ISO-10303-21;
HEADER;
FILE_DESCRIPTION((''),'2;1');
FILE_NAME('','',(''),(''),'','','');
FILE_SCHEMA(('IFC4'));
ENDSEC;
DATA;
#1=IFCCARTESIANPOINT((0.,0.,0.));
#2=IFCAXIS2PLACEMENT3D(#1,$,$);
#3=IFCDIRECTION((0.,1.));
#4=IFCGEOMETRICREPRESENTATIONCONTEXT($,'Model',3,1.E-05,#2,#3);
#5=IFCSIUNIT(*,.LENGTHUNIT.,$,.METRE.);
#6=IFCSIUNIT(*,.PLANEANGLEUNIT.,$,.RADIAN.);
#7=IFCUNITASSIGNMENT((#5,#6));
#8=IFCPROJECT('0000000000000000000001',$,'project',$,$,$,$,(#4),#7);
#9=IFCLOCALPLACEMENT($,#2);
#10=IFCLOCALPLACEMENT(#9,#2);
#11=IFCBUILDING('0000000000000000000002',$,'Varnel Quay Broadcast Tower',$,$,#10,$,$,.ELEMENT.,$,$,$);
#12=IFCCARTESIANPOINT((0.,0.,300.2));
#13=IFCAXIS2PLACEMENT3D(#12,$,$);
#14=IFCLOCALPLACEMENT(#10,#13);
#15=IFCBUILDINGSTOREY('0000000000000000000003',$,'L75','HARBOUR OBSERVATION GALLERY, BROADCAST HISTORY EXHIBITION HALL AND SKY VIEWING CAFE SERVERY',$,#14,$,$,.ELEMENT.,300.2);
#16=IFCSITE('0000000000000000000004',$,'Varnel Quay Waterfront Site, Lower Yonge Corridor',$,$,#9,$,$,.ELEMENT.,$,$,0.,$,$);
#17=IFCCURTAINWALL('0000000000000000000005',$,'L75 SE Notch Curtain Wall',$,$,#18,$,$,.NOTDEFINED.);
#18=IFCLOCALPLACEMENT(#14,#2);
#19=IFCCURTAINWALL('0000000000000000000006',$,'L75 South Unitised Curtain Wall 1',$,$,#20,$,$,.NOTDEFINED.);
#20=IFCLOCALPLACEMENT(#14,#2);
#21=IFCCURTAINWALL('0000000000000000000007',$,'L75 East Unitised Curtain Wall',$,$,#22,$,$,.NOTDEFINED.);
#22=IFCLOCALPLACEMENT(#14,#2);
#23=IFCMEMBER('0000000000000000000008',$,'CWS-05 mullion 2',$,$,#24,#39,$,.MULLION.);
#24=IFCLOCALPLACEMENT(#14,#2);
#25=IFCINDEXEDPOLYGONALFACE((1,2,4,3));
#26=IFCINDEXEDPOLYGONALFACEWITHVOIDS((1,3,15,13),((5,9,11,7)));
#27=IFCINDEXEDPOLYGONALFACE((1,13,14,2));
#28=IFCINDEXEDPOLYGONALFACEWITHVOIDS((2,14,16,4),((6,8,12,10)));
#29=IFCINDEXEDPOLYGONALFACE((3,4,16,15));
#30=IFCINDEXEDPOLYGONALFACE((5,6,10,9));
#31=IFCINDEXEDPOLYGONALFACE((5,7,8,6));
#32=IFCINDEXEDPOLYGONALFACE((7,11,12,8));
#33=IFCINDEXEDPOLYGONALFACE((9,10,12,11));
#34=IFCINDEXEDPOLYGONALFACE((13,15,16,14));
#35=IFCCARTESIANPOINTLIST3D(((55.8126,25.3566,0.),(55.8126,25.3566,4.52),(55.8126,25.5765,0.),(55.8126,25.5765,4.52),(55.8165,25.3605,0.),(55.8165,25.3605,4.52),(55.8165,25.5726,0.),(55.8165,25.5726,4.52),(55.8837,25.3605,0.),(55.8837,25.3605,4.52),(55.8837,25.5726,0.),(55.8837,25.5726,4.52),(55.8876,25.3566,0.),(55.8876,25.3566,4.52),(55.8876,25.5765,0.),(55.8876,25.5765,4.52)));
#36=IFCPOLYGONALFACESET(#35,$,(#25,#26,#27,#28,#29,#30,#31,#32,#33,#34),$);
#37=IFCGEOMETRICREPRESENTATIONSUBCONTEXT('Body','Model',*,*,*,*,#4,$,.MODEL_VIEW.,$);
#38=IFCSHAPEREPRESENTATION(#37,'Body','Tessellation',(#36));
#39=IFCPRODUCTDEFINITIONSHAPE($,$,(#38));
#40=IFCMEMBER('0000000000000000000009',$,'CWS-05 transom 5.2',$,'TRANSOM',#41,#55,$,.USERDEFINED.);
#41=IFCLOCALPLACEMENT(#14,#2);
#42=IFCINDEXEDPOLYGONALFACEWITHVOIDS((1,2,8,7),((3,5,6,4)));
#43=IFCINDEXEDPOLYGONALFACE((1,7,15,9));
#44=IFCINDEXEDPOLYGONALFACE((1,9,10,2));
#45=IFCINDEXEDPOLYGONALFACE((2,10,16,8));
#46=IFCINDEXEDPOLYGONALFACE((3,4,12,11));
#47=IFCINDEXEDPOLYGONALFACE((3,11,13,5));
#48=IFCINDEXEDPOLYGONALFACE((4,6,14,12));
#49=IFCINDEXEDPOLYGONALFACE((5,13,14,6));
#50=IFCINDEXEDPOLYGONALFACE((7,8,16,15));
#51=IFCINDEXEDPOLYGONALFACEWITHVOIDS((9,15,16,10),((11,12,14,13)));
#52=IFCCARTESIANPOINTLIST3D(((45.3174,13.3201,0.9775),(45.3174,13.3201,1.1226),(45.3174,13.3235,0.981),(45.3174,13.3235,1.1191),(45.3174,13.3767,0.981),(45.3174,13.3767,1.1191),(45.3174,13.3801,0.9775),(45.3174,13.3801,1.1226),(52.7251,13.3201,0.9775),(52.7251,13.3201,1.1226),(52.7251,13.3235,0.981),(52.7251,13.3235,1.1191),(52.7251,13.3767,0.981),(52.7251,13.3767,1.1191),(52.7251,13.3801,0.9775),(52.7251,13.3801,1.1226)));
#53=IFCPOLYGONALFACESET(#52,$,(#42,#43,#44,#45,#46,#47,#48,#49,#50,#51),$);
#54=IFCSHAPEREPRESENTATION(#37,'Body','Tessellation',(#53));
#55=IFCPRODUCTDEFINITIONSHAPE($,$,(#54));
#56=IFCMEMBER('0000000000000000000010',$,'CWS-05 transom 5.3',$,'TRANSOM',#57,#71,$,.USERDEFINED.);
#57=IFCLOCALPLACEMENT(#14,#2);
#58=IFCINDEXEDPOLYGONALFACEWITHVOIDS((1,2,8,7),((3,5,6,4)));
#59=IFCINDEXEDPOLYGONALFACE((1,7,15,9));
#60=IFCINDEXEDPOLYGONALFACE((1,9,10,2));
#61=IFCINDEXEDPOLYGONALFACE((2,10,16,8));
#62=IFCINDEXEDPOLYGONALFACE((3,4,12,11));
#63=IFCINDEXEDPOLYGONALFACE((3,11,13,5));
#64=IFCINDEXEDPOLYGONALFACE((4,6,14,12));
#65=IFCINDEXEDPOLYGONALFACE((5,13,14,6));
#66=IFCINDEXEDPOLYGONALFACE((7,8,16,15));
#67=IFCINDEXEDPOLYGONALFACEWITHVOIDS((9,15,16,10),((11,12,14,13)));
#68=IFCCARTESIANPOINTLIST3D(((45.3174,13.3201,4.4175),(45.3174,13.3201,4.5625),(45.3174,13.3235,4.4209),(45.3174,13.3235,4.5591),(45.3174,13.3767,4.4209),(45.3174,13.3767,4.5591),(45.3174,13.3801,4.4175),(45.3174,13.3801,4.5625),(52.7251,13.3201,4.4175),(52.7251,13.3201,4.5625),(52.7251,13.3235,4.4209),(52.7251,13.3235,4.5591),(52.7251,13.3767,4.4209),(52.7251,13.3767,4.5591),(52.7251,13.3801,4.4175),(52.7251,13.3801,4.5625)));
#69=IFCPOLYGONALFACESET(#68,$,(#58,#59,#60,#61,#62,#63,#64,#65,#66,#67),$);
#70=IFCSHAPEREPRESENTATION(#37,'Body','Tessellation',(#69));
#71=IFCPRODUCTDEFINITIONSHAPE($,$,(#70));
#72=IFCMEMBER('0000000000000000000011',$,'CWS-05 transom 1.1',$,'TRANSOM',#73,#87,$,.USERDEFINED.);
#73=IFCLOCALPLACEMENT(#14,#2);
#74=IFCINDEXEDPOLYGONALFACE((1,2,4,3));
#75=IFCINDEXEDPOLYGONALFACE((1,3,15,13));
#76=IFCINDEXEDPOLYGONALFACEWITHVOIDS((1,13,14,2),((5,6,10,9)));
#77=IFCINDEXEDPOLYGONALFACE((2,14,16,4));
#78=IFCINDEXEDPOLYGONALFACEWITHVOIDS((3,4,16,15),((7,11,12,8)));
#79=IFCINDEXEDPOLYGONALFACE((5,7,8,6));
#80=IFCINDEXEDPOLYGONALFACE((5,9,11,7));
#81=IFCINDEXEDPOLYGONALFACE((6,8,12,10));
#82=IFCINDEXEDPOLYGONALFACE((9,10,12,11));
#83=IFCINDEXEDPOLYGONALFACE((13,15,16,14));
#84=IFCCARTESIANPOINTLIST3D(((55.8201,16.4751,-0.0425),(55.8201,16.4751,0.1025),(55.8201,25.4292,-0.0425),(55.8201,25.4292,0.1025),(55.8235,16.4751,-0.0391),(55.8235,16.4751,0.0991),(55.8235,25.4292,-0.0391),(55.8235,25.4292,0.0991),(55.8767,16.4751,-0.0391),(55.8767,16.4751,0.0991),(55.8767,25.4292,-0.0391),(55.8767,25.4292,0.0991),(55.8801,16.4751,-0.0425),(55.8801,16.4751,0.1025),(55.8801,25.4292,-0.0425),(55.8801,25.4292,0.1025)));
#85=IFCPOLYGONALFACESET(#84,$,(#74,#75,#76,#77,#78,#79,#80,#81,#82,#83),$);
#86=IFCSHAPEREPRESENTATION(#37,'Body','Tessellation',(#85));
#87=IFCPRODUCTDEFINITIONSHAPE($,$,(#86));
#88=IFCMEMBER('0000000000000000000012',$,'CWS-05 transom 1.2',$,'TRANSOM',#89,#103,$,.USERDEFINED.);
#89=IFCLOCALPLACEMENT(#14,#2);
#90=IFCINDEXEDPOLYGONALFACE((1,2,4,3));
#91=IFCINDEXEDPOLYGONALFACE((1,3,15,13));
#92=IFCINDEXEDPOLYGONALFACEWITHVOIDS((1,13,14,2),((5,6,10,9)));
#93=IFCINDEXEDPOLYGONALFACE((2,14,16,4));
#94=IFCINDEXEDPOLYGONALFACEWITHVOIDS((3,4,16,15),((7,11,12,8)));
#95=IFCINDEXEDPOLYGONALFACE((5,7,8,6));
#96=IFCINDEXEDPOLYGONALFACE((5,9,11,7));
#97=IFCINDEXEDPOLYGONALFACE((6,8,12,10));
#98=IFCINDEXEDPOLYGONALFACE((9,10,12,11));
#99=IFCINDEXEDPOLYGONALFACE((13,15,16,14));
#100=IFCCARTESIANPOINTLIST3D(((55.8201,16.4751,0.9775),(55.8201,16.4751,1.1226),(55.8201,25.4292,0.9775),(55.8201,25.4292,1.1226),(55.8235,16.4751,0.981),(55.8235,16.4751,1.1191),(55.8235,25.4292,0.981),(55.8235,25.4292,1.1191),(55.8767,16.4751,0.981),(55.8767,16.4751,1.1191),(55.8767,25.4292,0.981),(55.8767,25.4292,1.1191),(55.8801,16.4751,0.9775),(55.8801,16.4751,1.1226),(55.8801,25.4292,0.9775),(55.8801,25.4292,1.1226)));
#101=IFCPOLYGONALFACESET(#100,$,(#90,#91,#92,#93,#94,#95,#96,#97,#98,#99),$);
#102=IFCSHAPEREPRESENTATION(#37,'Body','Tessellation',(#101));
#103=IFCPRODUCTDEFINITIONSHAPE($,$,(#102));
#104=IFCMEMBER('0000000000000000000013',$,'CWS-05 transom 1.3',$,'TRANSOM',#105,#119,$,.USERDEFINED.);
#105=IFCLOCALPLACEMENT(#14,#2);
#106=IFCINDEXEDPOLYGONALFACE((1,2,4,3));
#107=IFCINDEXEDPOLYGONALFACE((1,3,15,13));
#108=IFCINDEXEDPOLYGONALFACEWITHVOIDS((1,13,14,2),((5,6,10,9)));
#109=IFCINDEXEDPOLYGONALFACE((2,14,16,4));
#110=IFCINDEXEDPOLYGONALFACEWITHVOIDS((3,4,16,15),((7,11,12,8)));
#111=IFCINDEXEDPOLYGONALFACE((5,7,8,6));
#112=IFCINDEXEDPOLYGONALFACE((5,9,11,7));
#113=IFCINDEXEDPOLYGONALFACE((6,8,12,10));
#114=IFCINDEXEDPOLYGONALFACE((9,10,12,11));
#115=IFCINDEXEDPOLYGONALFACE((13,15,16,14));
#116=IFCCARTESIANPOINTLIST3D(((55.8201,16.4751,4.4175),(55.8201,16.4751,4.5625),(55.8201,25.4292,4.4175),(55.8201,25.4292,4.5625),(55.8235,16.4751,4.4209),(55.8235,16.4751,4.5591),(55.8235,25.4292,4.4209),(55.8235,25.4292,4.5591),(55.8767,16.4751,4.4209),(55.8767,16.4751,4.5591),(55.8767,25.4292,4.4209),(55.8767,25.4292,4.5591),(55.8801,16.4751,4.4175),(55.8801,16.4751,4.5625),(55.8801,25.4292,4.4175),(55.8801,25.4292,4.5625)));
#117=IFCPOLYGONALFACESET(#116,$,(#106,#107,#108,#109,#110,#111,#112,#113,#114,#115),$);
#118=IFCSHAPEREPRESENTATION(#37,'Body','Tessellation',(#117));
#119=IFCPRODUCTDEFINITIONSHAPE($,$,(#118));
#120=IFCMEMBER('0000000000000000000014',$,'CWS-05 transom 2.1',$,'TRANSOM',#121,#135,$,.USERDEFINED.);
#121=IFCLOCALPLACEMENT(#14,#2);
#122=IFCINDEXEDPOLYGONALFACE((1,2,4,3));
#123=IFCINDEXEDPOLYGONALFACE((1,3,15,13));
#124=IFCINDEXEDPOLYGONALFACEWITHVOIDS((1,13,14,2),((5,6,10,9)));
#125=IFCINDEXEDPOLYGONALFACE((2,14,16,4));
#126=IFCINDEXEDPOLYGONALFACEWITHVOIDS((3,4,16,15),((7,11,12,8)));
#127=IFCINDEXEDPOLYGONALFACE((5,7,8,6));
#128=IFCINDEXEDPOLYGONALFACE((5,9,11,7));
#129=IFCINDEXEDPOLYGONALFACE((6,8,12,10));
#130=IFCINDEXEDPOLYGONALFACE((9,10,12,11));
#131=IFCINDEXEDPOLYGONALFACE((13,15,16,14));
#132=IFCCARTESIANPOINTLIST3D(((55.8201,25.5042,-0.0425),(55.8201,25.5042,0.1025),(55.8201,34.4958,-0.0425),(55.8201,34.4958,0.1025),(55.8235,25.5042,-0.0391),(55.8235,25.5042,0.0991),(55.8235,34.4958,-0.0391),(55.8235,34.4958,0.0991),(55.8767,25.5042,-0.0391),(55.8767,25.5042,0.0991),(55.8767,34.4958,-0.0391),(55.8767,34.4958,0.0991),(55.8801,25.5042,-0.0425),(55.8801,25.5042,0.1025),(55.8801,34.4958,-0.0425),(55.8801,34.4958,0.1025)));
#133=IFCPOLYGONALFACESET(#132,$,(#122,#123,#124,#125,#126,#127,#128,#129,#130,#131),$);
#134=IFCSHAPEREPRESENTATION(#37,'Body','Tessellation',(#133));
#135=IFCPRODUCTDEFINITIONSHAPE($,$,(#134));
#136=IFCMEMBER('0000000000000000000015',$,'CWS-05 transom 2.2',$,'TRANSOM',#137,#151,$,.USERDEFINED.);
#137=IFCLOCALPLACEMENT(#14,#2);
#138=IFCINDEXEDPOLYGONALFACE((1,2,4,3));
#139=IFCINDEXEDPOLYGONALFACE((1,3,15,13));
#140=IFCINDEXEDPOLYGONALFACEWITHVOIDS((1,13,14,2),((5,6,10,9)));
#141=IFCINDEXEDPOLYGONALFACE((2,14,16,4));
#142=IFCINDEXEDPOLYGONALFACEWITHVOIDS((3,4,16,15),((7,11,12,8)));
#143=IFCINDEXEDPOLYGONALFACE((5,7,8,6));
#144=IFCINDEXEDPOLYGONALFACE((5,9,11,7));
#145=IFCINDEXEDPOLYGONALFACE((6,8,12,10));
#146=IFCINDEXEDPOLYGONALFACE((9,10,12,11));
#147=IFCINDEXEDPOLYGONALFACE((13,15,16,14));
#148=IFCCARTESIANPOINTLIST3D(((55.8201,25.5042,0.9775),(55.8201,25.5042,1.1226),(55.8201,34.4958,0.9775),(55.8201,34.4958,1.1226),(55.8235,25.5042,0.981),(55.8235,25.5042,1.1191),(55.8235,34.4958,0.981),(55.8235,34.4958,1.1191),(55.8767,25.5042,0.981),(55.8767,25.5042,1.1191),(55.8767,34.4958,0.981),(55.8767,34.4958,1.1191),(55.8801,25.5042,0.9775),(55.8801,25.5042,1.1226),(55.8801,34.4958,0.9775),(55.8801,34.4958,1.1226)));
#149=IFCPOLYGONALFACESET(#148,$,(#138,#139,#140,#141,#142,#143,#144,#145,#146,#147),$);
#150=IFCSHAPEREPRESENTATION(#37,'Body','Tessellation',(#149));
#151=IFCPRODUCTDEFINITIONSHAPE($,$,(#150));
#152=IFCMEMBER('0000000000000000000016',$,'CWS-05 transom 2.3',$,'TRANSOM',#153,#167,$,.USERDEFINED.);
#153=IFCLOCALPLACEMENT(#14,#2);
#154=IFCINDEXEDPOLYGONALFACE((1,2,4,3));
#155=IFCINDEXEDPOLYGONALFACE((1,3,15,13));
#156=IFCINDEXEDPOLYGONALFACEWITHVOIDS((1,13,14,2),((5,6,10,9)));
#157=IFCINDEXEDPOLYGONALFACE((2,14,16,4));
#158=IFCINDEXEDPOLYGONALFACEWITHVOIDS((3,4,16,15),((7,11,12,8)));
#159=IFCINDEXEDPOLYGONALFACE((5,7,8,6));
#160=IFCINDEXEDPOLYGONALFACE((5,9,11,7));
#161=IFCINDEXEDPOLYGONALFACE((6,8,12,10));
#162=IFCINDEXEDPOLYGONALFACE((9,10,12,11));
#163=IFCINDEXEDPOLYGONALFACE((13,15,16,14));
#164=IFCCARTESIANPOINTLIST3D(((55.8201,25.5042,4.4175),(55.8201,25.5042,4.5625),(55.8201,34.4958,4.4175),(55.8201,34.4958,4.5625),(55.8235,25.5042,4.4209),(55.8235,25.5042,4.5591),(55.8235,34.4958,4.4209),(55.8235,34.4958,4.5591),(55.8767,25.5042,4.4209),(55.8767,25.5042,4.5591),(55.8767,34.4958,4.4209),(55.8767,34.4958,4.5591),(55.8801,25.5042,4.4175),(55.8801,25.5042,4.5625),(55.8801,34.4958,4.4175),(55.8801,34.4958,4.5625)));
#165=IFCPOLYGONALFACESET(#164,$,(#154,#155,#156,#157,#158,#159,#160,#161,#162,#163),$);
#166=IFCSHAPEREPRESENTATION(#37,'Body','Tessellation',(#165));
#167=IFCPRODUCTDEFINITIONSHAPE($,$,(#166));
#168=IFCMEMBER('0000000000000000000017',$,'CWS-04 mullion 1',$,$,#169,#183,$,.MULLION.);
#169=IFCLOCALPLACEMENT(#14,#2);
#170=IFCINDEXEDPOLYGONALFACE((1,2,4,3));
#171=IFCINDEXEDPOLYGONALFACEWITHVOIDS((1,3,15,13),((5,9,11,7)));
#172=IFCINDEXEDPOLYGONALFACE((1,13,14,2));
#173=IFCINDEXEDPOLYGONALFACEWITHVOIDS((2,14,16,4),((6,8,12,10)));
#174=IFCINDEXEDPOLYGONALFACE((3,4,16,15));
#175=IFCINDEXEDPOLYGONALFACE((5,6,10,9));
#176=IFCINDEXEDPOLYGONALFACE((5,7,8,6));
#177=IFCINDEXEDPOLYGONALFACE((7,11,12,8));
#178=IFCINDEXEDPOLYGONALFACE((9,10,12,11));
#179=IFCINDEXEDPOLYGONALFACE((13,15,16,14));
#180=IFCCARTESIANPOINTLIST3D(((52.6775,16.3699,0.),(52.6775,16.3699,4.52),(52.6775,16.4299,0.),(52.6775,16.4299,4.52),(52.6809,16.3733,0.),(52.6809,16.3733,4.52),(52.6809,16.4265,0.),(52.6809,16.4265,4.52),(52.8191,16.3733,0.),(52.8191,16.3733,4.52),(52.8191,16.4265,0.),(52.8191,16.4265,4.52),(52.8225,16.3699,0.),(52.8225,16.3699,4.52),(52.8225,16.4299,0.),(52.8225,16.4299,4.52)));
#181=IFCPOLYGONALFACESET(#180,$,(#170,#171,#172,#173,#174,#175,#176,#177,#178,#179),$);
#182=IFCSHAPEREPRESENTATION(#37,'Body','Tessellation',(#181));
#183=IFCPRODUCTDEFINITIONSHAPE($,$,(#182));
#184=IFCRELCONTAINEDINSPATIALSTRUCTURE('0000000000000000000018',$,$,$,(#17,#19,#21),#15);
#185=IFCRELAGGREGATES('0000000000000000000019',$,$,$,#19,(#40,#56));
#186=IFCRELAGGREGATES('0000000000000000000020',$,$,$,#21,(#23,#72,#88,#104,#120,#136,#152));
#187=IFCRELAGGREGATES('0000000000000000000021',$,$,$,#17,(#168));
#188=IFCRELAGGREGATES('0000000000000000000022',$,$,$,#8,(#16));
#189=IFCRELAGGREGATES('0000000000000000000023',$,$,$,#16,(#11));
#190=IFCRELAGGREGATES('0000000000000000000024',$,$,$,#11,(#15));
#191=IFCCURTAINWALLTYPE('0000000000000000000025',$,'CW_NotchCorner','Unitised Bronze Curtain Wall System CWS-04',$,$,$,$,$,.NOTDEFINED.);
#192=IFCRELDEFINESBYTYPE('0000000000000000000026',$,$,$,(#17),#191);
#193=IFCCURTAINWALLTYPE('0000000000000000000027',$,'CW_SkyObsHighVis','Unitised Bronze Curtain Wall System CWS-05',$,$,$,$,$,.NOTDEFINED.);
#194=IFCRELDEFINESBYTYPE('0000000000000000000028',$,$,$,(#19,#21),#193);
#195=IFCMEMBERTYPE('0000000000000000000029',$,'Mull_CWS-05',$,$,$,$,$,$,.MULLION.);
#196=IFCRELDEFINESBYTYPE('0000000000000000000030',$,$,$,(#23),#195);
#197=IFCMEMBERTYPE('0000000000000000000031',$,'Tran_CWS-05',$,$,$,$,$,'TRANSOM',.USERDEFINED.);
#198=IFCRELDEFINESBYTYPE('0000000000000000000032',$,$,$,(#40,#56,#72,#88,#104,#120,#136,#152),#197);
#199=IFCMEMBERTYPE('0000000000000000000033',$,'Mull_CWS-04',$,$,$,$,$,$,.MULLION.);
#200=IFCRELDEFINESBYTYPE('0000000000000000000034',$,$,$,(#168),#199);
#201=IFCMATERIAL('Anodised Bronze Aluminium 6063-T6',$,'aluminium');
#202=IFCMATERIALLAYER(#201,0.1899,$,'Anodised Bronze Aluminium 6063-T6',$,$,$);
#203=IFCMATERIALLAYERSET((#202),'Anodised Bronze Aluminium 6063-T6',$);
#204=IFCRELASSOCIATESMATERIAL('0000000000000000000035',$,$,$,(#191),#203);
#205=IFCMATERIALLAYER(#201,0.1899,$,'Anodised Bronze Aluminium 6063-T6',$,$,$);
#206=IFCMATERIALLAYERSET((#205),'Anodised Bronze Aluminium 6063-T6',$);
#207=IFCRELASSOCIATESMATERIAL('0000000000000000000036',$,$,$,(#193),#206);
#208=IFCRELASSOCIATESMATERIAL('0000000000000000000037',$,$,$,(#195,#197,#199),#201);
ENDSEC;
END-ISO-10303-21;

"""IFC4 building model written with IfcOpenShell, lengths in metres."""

from ifc_helpers import new_model, si_unit, direction, frame, origin, origin_2d, place, context, subcontext, project, spatial, hollow_rectangle, extrude, source, transform, mapped, material, layer, layer_set, material_profile, profile_set, type_object, type_shapes, element, aggregate, save


model = new_model("IFC4")

# Units and contexts
model_context = context("Model", 3, precision=1e-05, world=origin(), true_north=direction((0.0, 1.0)))
body_context = subcontext(model_context, "Body", "Model", "MODEL_VIEW")
ifc_project = project(units=[si_unit("LENGTHUNIT", "METRE"), si_unit("PLANEANGLEUNIT", "RADIAN")], contexts=[model_context])

# Site, building, storey
site_placement = place(None, origin())
site = spatial("IfcSite", under=ifc_project, at=site_placement, Name="Varnel Quay Waterfront Site, Lower Yonge Corridor", CompositionType="ELEMENT", RefElevation=0.0)
building_placement = place(site_placement, origin())
building = spatial("IfcBuilding", under=site, at=building_placement, Name="Varnel Quay Broadcast Tower", CompositionType="ELEMENT")
storey_placement = place(building_placement, frame((0.0, 0.0, 300.2)))
storey = spatial("IfcBuildingStorey", under=building, at=storey_placement, Name="L75", Description="HARBOUR OBSERVATION GALLERY, BROADCAST HISTORY EXHIBITION HALL AND SKY VIEWING CAFE SERVERY", CompositionType="ELEMENT", Elevation=300.2)

# Curtain wall
ifc_material_1 = material(Name="Anodised Bronze Aluminium 6063-T6", Category="aluminium")
ifc_layer_1 = layer(ifc_material_1, 0.1899, Name="Anodised Bronze Aluminium 6063-T6")
ifc_layer_set_1 = layer_set([ifc_layer_1], Name="Anodised Bronze Aluminium 6063-T6")
curtain_wall_type_1 = type_object("IfcCurtainWallType", Name="CW_NotchCorner", Description="Unitised Bronze Curtain Wall System CWS-04", PredefinedType="NOTDEFINED", material=ifc_layer_set_1)
curtain_wall_1_placement = place(storey_placement, origin())
curtain_wall_1 = element("IfcCurtainWall", 1, at=curtain_wall_1_placement, inside=storey, type_object=curtain_wall_type_1, Name="L75 SE Notch Curtain Wall", PredefinedType="NOTDEFINED")

# Curtain wall
ifc_layer_2 = layer(ifc_material_1, 0.1899, Name="Anodised Bronze Aluminium 6063-T6")
ifc_layer_set_2 = layer_set([ifc_layer_2], Name="Anodised Bronze Aluminium 6063-T6")
curtain_wall_type_2 = type_object("IfcCurtainWallType", Name="CW_SkyObsHighVis", Description="Unitised Bronze Curtain Wall System CWS-05", PredefinedType="NOTDEFINED", material=ifc_layer_set_2)
curtain_wall_2_placement = place(storey_placement, origin())
curtain_wall_2 = element("IfcCurtainWall", 2, at=curtain_wall_2_placement, inside=storey, type_object=curtain_wall_type_2, Name="L75 South Unitised Curtain Wall 1", PredefinedType="NOTDEFINED")
ifc_material_profile_1 = material_profile(ifc_material_1, hollow_rectangle(XDim=0.075, YDim=0.22, WallThickness=0.0039, at=origin_2d()), Name="ALU75X220X4")
ifc_profile_set_1 = profile_set([ifc_material_profile_1], Name="Anodised Bronze Aluminium 6063-T6")
member_type_1 = type_object("IfcMemberType", Name="Mull_CWS-05", PredefinedType="MULLION", material=ifc_profile_set_1)
shared_shape_1 = source(origin(), body_context, "Body", "SweptSolid", [
    extrude(hollow_rectangle(XDim=0.075, YDim=0.22, WallThickness=0.0039, at=origin_2d()), origin(), (0.0, 0.0, 1.0), 4.52),
])
type_shapes(member_type_1, [shared_shape_1])

# Curtain wall, member
curtain_wall_3_placement = place(storey_placement, origin())
curtain_wall_3 = element("IfcCurtainWall", 3, at=curtain_wall_3_placement, inside=storey, type_object=curtain_wall_type_2, Name="L75 East Unitised Curtain Wall", PredefinedType="NOTDEFINED")
member_1_placement = place(storey_placement, frame((55.8501, 25.4666, 0.0), z_axis=(0.0, 0.0, 1.0), x_axis=(-1.0, 0.0, 0.0)))
member_1 = element("IfcMember", 4, at=member_1_placement, type_object=member_type_1, Name="CWS-05 mullion 2", PredefinedType="MULLION", context=body_context, shape_type="MappedRepresentation", body=[
    mapped(shared_shape_1, transform((0.0, 0.0, 0.0), x_axis=(1.0, 0.0, 0.0), y_axis=(0.0, 1.0, 0.0), z_axis=(0.0, 0.0, 1.0), scale=1.0)),
])

# Members
ifc_material_profile_2 = material_profile(ifc_material_1, hollow_rectangle(XDim=0.0601, YDim=0.145, WallThickness=0.0034, at=origin_2d()), Name="ALU60X145X3.5")
ifc_profile_set_2 = profile_set([ifc_material_profile_2], Name="Anodised Bronze Aluminium 6063-T6")
member_type_2 = type_object("IfcMemberType", Name="Tran_CWS-05", ElementType="TRANSOM", PredefinedType="USERDEFINED", material=ifc_profile_set_2)
shared_shape_2 = source(origin(), body_context, "Body", "SweptSolid", [
    extrude(hollow_rectangle(XDim=0.0601, YDim=0.145, WallThickness=0.0034, at=origin_2d()), origin(), (0.0, 0.0, 1.0), 7.4077),
])
member_2_placement = place(storey_placement, frame((45.3174, 13.3501, 1.05), z_axis=(1.0, 0.0, 0.0), x_axis=(0.0, 1.0, 0.0)))
member_2 = element("IfcMember", 5, at=member_2_placement, type_object=member_type_2, Name="CWS-05 transom 5.2", ObjectType="TRANSOM", PredefinedType="USERDEFINED", context=body_context, shape_type="MappedRepresentation", body=[
    mapped(shared_shape_2, transform((0.0, 0.0, 0.0), x_axis=(1.0, 0.0, 0.0), y_axis=(0.0, 1.0, 0.0), z_axis=(0.0, 0.0, 1.0), scale=1.0)),
])
member_3_placement = place(storey_placement, frame((45.3174, 13.3501, 4.49), z_axis=(1.0, 0.0, 0.0), x_axis=(0.0, 1.0, 0.0)))
member_3 = element("IfcMember", 6, at=member_3_placement, type_object=member_type_2, Name="CWS-05 transom 5.3", ObjectType="TRANSOM", PredefinedType="USERDEFINED", context=body_context, shape_type="MappedRepresentation", body=[
    mapped(shared_shape_2, transform((0.0, 0.0, 0.0), x_axis=(1.0, 0.0, 0.0), y_axis=(0.0, 1.0, 0.0), z_axis=(0.0, 0.0, 1.0), scale=1.0)),
])
shared_shape_3 = source(origin(), body_context, "Body", "SweptSolid", [
    extrude(hollow_rectangle(XDim=0.0601, YDim=0.145, WallThickness=0.0034, at=origin_2d()), origin(), (0.0, 0.0, 1.0), 8.9541),
])
member_4_placement = place(storey_placement, frame((55.8501, 16.4751, 0.03), z_axis=(0.0, 1.0, 0.0), x_axis=(-1.0, 0.0, 0.0)))
member_4 = element("IfcMember", 7, at=member_4_placement, type_object=member_type_2, Name="CWS-05 transom 1.1", ObjectType="TRANSOM", PredefinedType="USERDEFINED", context=body_context, shape_type="MappedRepresentation", body=[
    mapped(shared_shape_3, transform((0.0, 0.0, 0.0), x_axis=(1.0, 0.0, 0.0), y_axis=(0.0, 1.0, 0.0), z_axis=(0.0, 0.0, 1.0), scale=1.0)),
])
member_5_placement = place(storey_placement, frame((55.8501, 16.4751, 1.05), z_axis=(0.0, 1.0, 0.0), x_axis=(-1.0, 0.0, 0.0)))
member_5 = element("IfcMember", 8, at=member_5_placement, type_object=member_type_2, Name="CWS-05 transom 1.2", ObjectType="TRANSOM", PredefinedType="USERDEFINED", context=body_context, shape_type="MappedRepresentation", body=[
    mapped(shared_shape_3, transform((0.0, 0.0, 0.0), x_axis=(1.0, 0.0, 0.0), y_axis=(0.0, 1.0, 0.0), z_axis=(0.0, 0.0, 1.0), scale=1.0)),
])
member_6_placement = place(storey_placement, frame((55.8501, 16.4751, 4.49), z_axis=(0.0, 1.0, 0.0), x_axis=(-1.0, 0.0, 0.0)))
member_6 = element("IfcMember", 9, at=member_6_placement, type_object=member_type_2, Name="CWS-05 transom 1.3", ObjectType="TRANSOM", PredefinedType="USERDEFINED", context=body_context, shape_type="MappedRepresentation", body=[
    mapped(shared_shape_3, transform((0.0, 0.0, 0.0), x_axis=(1.0, 0.0, 0.0), y_axis=(0.0, 1.0, 0.0), z_axis=(0.0, 0.0, 1.0), scale=1.0)),
])
shared_shape_4 = source(origin(), body_context, "Body", "SweptSolid", [
    extrude(hollow_rectangle(XDim=0.0601, YDim=0.145, WallThickness=0.0034, at=origin_2d()), origin(), (0.0, 0.0, 1.0), 8.9917),
])
type_shapes(member_type_2, [shared_shape_2, shared_shape_3, shared_shape_4])
member_7_placement = place(storey_placement, frame((55.8501, 25.5042, 0.03), z_axis=(0.0, 1.0, 0.0), x_axis=(-1.0, 0.0, 0.0)))
member_7 = element("IfcMember", 10, at=member_7_placement, type_object=member_type_2, Name="CWS-05 transom 2.1", ObjectType="TRANSOM", PredefinedType="USERDEFINED", context=body_context, shape_type="MappedRepresentation", body=[
    mapped(shared_shape_4, transform((0.0, 0.0, 0.0), x_axis=(1.0, 0.0, 0.0), y_axis=(0.0, 1.0, 0.0), z_axis=(0.0, 0.0, 1.0), scale=1.0)),
])
member_8_placement = place(storey_placement, frame((55.8501, 25.5042, 1.05), z_axis=(0.0, 1.0, 0.0), x_axis=(-1.0, 0.0, 0.0)))
member_8 = element("IfcMember", 11, at=member_8_placement, type_object=member_type_2, Name="CWS-05 transom 2.2", ObjectType="TRANSOM", PredefinedType="USERDEFINED", context=body_context, shape_type="MappedRepresentation", body=[
    mapped(shared_shape_4, transform((0.0, 0.0, 0.0), x_axis=(1.0, 0.0, 0.0), y_axis=(0.0, 1.0, 0.0), z_axis=(0.0, 0.0, 1.0), scale=1.0)),
])
member_9_placement = place(storey_placement, frame((55.8501, 25.5042, 4.49), z_axis=(0.0, 1.0, 0.0), x_axis=(-1.0, 0.0, 0.0)))
member_9 = element("IfcMember", 12, at=member_9_placement, type_object=member_type_2, Name="CWS-05 transom 2.3", ObjectType="TRANSOM", PredefinedType="USERDEFINED", context=body_context, shape_type="MappedRepresentation", body=[
    mapped(shared_shape_4, transform((0.0, 0.0, 0.0), x_axis=(1.0, 0.0, 0.0), y_axis=(0.0, 1.0, 0.0), z_axis=(0.0, 0.0, 1.0), scale=1.0)),
])
ifc_material_profile_3 = material_profile(ifc_material_1, hollow_rectangle(XDim=0.0601, YDim=0.145, WallThickness=0.0034, at=origin_2d()), Name="ALU60X145X3.5")
ifc_profile_set_3 = profile_set([ifc_material_profile_3], Name="Anodised Bronze Aluminium 6063-T6")
member_type_3 = type_object("IfcMemberType", Name="Mull_CWS-04", PredefinedType="MULLION", material=ifc_profile_set_3)
shared_shape_5 = source(origin(), body_context, "Body", "SweptSolid", [
    extrude(hollow_rectangle(XDim=0.0601, YDim=0.145, WallThickness=0.0034, at=origin_2d()), origin(), (0.0, 0.0, 1.0), 4.52),
])
type_shapes(member_type_3, [shared_shape_5])
member_10_placement = place(storey_placement, frame((52.75, 16.3999, 0.0), z_axis=(0.0, 0.0, 1.0), x_axis=(0.0, 1.0, 0.0)))
member_10 = element("IfcMember", 13, at=member_10_placement, type_object=member_type_3, Name="CWS-04 mullion 1", PredefinedType="MULLION", context=body_context, shape_type="MappedRepresentation", body=[
    mapped(shared_shape_5, transform((0.0, 0.0, 0.0), x_axis=(1.0, 0.0, 0.0), y_axis=(0.0, 1.0, 0.0), z_axis=(0.0, 0.0, 1.0), scale=1.0)),
])

aggregate(curtain_wall_2, [member_2, member_3])
aggregate(curtain_wall_3, [member_1, member_4, member_5, member_6, member_7, member_8, member_9])
aggregate(curtain_wall_1, [member_10])

save(model, "model.ifc")
